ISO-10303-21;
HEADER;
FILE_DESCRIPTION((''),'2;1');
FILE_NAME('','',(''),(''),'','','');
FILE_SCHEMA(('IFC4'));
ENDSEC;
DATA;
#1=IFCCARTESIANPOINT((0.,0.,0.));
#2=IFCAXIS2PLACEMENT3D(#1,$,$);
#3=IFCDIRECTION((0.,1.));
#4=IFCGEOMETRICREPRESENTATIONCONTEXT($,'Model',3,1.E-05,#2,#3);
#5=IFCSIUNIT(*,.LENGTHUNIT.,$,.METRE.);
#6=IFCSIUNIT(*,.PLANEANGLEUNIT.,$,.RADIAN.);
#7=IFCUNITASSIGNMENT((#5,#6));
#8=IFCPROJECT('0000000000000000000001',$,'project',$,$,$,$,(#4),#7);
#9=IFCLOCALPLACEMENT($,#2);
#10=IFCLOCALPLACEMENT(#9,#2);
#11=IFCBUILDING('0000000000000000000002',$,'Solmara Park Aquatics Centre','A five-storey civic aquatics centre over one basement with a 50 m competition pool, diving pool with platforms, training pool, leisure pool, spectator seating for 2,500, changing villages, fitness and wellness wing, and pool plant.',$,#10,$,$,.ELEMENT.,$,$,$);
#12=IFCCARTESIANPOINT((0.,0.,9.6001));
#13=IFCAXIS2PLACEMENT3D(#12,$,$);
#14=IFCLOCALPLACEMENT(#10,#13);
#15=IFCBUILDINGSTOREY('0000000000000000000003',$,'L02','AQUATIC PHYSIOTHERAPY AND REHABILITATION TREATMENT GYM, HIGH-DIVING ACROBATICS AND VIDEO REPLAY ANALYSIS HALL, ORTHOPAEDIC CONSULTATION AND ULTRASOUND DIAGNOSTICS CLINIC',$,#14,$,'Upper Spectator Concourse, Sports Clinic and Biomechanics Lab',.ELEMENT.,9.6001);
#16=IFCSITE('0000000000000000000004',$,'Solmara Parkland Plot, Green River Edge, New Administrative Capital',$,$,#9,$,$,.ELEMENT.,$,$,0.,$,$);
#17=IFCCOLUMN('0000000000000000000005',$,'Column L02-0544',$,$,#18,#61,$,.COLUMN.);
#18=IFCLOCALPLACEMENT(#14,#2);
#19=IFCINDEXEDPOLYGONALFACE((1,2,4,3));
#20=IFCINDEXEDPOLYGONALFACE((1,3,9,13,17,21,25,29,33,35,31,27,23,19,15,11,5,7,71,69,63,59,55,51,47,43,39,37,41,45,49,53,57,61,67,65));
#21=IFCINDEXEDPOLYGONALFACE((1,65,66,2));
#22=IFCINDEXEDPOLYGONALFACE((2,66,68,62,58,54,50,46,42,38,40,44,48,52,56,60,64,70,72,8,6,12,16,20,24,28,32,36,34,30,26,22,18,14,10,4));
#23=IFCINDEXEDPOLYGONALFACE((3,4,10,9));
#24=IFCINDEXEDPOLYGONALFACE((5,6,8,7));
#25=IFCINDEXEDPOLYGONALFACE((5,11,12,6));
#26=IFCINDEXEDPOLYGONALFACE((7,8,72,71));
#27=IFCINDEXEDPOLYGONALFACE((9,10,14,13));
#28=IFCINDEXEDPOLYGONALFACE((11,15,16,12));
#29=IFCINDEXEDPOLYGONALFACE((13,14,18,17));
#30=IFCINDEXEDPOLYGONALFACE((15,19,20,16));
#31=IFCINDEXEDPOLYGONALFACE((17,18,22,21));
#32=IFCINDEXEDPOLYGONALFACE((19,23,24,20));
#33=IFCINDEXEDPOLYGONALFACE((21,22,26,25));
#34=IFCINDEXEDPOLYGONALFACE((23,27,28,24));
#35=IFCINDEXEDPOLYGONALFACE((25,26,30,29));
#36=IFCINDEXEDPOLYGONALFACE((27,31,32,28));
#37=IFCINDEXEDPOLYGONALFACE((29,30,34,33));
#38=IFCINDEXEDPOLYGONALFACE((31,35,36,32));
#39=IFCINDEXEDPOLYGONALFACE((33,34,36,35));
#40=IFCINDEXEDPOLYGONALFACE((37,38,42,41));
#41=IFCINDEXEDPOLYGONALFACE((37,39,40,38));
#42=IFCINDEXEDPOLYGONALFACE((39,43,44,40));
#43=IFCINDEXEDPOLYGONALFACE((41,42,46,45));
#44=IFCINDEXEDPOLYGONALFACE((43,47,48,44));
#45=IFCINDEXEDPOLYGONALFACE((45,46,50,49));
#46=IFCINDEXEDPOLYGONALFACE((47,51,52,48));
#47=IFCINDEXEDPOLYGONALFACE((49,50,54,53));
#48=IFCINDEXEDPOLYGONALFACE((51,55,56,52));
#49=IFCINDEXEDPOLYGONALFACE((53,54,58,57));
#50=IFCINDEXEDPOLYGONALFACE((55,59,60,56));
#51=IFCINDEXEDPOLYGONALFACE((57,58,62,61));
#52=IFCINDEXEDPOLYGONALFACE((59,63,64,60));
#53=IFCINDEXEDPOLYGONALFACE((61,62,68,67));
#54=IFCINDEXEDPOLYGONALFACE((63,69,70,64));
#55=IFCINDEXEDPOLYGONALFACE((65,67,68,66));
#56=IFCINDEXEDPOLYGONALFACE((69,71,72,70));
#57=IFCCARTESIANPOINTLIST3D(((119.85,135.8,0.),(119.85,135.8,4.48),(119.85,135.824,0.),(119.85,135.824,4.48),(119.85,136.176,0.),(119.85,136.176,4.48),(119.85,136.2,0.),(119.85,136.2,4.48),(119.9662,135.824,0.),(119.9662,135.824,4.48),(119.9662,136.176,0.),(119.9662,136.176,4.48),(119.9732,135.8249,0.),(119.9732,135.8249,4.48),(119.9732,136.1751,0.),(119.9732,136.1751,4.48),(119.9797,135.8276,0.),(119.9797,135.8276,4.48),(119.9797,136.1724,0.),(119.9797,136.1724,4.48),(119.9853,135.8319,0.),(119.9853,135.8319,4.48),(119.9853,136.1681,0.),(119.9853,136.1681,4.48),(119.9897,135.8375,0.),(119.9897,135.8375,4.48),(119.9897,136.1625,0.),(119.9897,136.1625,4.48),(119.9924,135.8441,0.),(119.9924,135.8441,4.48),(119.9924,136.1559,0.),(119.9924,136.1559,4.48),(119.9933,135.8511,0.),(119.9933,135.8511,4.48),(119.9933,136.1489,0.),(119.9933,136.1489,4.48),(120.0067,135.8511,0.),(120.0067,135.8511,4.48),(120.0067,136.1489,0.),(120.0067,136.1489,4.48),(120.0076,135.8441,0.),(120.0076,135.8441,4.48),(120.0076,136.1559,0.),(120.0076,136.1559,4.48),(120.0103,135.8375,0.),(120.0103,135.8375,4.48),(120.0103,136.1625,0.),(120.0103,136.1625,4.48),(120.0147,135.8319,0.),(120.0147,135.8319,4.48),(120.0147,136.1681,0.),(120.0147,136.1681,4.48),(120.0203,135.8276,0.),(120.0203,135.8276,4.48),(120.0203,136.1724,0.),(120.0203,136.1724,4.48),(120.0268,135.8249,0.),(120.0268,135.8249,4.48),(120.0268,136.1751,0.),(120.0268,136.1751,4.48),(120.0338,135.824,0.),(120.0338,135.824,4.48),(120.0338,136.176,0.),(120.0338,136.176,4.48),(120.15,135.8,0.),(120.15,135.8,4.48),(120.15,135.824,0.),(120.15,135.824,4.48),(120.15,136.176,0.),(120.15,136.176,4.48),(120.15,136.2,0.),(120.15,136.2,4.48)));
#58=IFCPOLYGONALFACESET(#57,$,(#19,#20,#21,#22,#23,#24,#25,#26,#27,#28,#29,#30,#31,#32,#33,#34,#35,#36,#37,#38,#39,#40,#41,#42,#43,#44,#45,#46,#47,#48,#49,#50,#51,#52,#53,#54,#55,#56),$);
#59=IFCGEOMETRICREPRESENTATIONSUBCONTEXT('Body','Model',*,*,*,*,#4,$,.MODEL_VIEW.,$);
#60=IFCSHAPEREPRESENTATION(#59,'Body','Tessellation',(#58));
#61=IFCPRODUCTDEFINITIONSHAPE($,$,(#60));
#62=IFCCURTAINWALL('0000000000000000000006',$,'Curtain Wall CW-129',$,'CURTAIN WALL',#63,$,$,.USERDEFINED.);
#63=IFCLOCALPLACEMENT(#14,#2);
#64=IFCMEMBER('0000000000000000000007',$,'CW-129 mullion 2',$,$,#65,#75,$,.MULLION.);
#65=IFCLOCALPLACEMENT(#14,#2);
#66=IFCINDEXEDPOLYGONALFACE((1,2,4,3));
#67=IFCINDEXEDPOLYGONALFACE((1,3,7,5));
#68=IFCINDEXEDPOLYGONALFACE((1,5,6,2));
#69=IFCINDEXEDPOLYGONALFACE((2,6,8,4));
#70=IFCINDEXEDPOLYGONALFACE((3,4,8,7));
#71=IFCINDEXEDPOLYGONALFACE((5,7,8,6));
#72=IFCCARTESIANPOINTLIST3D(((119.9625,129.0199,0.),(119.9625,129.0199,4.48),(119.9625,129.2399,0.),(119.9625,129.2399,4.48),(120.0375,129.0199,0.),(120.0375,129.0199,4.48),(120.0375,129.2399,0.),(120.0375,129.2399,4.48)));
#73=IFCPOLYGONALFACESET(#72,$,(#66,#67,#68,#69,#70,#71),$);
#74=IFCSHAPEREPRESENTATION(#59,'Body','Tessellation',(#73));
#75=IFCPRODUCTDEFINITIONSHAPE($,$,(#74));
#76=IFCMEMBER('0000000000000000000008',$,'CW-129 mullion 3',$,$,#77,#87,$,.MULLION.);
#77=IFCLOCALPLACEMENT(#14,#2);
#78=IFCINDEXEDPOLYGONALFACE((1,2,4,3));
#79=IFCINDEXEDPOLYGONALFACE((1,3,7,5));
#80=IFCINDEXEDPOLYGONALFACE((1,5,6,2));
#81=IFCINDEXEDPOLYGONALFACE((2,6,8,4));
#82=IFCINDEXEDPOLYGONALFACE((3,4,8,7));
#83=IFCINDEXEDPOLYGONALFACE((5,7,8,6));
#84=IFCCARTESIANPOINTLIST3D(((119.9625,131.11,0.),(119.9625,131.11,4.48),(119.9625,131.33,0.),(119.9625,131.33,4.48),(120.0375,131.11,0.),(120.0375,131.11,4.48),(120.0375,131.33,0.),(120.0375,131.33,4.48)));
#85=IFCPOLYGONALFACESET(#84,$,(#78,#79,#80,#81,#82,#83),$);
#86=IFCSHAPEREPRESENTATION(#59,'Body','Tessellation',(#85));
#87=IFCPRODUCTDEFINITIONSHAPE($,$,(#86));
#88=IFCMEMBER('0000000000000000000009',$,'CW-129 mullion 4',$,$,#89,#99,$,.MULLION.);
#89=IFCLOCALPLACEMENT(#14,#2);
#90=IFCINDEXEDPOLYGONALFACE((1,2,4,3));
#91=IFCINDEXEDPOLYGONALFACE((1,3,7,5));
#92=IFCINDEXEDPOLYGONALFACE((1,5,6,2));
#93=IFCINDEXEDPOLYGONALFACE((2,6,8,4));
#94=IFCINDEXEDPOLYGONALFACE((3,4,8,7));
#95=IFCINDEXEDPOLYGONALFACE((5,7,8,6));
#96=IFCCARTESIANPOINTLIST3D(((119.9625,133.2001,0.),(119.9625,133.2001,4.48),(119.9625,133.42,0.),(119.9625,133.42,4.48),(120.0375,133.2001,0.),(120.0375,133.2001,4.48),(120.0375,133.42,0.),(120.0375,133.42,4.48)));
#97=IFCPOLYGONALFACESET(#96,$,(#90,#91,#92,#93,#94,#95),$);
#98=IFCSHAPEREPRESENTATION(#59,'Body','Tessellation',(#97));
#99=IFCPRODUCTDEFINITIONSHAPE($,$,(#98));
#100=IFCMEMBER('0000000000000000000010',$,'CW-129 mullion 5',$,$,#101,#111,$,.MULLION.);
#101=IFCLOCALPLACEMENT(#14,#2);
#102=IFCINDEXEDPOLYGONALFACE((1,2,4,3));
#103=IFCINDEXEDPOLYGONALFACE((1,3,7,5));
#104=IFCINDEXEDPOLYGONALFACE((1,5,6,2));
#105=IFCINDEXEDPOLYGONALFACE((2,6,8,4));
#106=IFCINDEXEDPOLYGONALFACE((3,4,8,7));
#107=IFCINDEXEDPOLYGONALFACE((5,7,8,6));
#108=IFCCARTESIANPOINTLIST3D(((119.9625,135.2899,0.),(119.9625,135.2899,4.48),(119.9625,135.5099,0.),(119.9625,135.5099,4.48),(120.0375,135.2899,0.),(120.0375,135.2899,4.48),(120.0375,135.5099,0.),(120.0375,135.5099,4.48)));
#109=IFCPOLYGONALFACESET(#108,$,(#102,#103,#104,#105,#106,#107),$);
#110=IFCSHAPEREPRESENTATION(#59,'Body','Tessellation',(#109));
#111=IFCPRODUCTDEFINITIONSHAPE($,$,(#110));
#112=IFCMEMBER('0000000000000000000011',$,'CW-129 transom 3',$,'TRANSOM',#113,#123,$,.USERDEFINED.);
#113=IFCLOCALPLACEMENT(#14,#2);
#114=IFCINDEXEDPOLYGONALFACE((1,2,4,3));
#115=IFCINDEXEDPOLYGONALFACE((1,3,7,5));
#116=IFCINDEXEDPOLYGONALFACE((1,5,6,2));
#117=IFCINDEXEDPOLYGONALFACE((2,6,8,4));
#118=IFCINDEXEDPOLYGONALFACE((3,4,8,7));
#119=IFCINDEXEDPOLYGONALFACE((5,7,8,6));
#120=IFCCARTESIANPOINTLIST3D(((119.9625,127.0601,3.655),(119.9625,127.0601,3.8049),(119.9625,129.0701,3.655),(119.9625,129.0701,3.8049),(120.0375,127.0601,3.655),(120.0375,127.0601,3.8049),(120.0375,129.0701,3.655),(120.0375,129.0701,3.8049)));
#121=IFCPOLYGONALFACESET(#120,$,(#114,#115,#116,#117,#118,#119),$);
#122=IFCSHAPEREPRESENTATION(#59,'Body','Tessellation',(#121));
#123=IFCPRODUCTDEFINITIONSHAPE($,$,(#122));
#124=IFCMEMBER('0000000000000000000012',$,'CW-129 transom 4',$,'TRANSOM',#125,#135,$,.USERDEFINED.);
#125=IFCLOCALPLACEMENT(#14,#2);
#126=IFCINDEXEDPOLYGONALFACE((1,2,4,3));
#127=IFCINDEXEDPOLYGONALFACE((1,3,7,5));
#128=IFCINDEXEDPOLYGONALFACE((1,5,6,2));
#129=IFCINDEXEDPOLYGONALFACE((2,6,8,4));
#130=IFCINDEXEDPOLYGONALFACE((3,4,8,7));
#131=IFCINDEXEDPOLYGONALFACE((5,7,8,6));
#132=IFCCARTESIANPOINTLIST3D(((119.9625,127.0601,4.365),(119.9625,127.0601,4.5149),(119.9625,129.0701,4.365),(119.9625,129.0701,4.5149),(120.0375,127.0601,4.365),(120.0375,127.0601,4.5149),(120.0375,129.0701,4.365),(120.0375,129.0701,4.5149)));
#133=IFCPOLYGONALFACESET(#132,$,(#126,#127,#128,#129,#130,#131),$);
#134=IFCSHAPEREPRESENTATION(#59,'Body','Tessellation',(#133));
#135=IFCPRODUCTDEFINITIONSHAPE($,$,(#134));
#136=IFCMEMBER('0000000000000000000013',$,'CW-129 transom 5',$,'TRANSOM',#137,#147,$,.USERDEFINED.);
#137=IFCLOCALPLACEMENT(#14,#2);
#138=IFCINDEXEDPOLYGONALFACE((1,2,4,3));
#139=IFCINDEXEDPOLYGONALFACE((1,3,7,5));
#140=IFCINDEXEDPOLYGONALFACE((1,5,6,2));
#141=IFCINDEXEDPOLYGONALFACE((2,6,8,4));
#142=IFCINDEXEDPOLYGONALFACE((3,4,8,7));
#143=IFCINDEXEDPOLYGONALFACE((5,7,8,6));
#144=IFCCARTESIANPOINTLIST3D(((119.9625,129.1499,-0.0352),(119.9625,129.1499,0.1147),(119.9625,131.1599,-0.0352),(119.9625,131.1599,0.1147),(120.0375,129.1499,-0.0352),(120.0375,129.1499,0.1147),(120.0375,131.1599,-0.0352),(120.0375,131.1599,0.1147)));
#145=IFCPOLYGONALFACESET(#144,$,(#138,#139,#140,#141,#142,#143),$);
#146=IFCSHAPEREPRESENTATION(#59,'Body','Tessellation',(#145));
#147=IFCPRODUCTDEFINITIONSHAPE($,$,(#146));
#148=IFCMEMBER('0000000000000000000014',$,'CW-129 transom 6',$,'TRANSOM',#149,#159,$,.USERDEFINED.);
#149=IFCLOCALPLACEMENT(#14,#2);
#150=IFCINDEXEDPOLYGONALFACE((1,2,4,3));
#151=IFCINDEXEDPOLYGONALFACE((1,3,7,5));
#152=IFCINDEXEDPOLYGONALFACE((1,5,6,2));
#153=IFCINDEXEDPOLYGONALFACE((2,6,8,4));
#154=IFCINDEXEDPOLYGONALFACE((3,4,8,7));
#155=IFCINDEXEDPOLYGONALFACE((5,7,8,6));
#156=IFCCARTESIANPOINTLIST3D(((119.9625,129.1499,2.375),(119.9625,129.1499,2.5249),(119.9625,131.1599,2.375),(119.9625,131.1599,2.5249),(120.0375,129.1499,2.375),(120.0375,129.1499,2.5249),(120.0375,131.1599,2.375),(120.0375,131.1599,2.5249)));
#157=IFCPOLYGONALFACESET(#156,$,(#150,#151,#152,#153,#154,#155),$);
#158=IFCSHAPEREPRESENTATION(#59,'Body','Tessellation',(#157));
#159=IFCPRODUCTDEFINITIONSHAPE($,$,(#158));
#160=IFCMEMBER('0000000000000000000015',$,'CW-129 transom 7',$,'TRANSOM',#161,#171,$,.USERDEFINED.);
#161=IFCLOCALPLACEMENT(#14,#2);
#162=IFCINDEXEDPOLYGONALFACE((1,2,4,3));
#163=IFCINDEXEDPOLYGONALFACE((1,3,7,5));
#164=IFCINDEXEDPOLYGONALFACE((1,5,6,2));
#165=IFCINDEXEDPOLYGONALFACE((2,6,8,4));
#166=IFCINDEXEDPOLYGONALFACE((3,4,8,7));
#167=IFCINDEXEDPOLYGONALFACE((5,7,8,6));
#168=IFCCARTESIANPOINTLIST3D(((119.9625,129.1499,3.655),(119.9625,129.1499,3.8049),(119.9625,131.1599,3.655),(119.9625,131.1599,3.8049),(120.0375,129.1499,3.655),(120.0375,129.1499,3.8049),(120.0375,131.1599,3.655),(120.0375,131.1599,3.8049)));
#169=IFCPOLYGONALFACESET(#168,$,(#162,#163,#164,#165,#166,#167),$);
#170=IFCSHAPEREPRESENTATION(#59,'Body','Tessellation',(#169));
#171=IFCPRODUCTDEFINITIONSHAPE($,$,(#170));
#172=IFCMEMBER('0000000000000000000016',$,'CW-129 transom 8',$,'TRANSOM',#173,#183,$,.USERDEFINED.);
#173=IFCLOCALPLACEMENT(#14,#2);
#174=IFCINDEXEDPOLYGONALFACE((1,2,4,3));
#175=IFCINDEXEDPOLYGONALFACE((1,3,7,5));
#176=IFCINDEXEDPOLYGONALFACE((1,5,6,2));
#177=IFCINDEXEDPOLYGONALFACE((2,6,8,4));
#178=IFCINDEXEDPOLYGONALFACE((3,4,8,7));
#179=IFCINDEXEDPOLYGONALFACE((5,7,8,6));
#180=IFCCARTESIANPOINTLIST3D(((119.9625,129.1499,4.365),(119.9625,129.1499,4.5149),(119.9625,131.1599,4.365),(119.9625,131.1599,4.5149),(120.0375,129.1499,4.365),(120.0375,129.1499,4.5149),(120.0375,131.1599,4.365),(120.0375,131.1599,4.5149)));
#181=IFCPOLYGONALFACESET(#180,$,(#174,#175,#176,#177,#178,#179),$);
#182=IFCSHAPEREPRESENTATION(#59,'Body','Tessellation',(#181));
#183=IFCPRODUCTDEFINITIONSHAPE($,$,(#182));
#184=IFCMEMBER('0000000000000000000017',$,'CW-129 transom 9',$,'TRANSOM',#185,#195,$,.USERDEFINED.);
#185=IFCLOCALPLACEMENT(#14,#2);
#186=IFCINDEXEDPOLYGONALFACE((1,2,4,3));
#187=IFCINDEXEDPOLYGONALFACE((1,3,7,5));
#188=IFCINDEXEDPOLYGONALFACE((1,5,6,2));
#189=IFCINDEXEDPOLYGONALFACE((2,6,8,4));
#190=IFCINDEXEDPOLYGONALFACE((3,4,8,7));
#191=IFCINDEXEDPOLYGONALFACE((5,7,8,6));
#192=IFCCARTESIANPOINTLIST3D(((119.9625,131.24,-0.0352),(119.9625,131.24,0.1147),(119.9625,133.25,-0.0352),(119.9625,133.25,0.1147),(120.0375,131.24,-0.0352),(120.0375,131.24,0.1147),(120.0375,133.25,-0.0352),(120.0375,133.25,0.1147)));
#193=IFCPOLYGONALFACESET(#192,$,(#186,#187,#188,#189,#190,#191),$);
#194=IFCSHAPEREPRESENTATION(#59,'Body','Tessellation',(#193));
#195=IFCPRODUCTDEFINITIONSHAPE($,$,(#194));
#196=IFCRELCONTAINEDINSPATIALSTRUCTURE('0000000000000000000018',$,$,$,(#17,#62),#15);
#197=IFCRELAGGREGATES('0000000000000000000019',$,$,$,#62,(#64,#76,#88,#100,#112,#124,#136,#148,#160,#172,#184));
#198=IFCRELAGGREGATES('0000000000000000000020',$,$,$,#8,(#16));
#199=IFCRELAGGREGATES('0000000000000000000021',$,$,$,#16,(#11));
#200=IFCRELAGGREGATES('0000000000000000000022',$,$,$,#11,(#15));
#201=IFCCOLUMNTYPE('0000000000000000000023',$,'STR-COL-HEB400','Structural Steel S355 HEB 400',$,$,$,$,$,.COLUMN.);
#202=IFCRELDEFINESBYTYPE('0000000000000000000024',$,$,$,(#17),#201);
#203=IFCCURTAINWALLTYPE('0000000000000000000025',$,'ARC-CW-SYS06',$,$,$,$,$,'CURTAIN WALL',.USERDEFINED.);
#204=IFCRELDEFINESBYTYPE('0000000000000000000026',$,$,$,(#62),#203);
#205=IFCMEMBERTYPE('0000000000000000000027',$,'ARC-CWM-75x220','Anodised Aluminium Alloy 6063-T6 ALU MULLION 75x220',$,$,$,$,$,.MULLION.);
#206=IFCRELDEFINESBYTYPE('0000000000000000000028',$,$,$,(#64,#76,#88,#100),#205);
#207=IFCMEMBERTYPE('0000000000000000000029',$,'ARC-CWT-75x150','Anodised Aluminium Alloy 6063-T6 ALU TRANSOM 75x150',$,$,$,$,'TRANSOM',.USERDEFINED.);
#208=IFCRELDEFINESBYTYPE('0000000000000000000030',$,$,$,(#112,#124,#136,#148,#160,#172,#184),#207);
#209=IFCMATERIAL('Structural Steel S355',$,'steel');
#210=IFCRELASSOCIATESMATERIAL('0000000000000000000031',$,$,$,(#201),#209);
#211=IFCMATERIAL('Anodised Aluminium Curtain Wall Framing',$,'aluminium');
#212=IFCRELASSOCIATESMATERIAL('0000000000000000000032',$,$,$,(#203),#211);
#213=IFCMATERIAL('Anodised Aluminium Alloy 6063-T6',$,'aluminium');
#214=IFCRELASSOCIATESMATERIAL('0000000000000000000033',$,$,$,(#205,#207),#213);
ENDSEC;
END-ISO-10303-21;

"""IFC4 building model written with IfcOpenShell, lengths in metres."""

from ifc_helpers import new_model, si_unit, direction, frame, origin, origin_2d, place, context, subcontext, project, spatial, rectangle, i_section, extrude, material, material_profile, profile_set, type_object, element, aggregate, save


model = new_model("IFC4")

# Units and contexts
model_context = context("Model", 3, precision=1e-05, world=origin(), true_north=direction((0.0, 1.0)))
body_context = subcontext(model_context, "Body", "Model", "MODEL_VIEW")
ifc_project = project(units=[si_unit("LENGTHUNIT", "METRE"), si_unit("PLANEANGLEUNIT", "RADIAN")], contexts=[model_context])

# Site, building, storey
site_placement = place(None, origin())
site = spatial("IfcSite", under=ifc_project, at=site_placement, Name="Solmara Parkland Plot, Green River Edge, New Administrative Capital", CompositionType="ELEMENT", RefElevation=0.0)
building_placement = place(site_placement, origin())
building = spatial("IfcBuilding", under=site, at=building_placement, Name="Solmara Park Aquatics Centre", Description="A five-storey civic aquatics centre over one basement with a 50 m competition pool, diving pool with platforms, training pool, leisure pool, spectator seating for 2,500, changing villages, fitness and wellness wing, and pool plant.", CompositionType="ELEMENT")
storey_placement = place(building_placement, frame((0.0, 0.0, 9.6001)))
storey = spatial("IfcBuildingStorey", under=building, at=storey_placement, Name="L02", Description="AQUATIC PHYSIOTHERAPY AND REHABILITATION TREATMENT GYM, HIGH-DIVING ACROBATICS AND VIDEO REPLAY ANALYSIS HALL, ORTHOPAEDIC CONSULTATION AND ULTRASOUND DIAGNOSTICS CLINIC", LongName="Upper Spectator Concourse, Sports Clinic and Biomechanics Lab", CompositionType="ELEMENT", Elevation=9.6001)

# Column
ifc_material_1 = material(Name="Structural Steel S355", Category="steel")
ifc_material_profile_1 = material_profile(ifc_material_1, i_section(OverallWidth=0.3, OverallDepth=0.3999, WebThickness=0.0134, FlangeThickness=0.0239, FilletRadius=0.0271, at=origin_2d()), Name="HEB 400")
ifc_profile_set_1 = profile_set([ifc_material_profile_1], Name="Structural Steel S355")
column_type = type_object("IfcColumnType", Name="STR-COL-HEB400", Description="Structural Steel S355 HEB 400", PredefinedType="COLUMN", material=ifc_profile_set_1)
column_placement = place(storey_placement, frame((120.0, 136.0, 0.0), z_axis=(0.0, 0.0, 1.0), x_axis=(1.0, 0.0, 0.0)))
element("IfcColumn", 1, at=column_placement, inside=storey, type_object=column_type, Name="Column L02-0544", PredefinedType="COLUMN", context=body_context, shape_type="SweptSolid", body=[
    extrude(i_section(OverallWidth=0.3, OverallDepth=0.3999, WebThickness=0.0134, FlangeThickness=0.0239, FilletRadius=0.0271, at=origin_2d()), origin(), (0.0, 0.0, 1.0), 4.48),
])

# Curtain wall, members
ifc_material_2 = material(Name="Anodised Aluminium Curtain Wall Framing", Category="aluminium")
curtain_wall_type = type_object("IfcCurtainWallType", Name="ARC-CW-SYS06", ElementType="CURTAIN WALL", PredefinedType="USERDEFINED", material=ifc_material_2)
curtain_wall_placement = place(storey_placement, origin())
curtain_wall = element("IfcCurtainWall", 2, at=curtain_wall_placement, inside=storey, type_object=curtain_wall_type, Name="Curtain Wall CW-129", ObjectType="CURTAIN WALL", PredefinedType="USERDEFINED")
ifc_material_3 = material(Name="Anodised Aluminium Alloy 6063-T6", Category="aluminium")
ifc_material_profile_2 = material_profile(ifc_material_3, rectangle(XDim=0.075, YDim=0.22, at=origin_2d()), Name="ALU MULLION 75x220")
ifc_profile_set_2 = profile_set([ifc_material_profile_2], Name="Anodised Aluminium Alloy 6063-T6")
member_type_1 = type_object("IfcMemberType", Name="ARC-CWM-75x220", Description="Anodised Aluminium Alloy 6063-T6 ALU MULLION 75x220", PredefinedType="MULLION", material=ifc_profile_set_2)
member_1_placement = place(storey_placement, frame((120.0, 129.1299, 0.0), z_axis=(0.0, 0.0, 1.0), x_axis=(1.0, 0.0, 0.0)))
member_1 = element("IfcMember", 3, at=member_1_placement, type_object=member_type_1, Name="CW-129 mullion 2", PredefinedType="MULLION", context=body_context, shape_type="SweptSolid", body=[
    extrude(rectangle(XDim=0.075, YDim=0.22, at=origin_2d()), origin(), (0.0, 0.0, 1.0), 4.48),
])
member_2_placement = place(storey_placement, frame((120.0, 131.22, 0.0), z_axis=(0.0, 0.0, 1.0), x_axis=(1.0, 0.0, 0.0)))
member_2 = element("IfcMember", 4, at=member_2_placement, type_object=member_type_1, Name="CW-129 mullion 3", PredefinedType="MULLION", context=body_context, shape_type="SweptSolid", body=[
    extrude(rectangle(XDim=0.075, YDim=0.22, at=origin_2d()), origin(), (0.0, 0.0, 1.0), 4.48),
])
member_3_placement = place(storey_placement, frame((120.0, 133.3101, 0.0), z_axis=(0.0, 0.0, 1.0), x_axis=(1.0, 0.0, 0.0)))
member_3 = element("IfcMember", 5, at=member_3_placement, type_object=member_type_1, Name="CW-129 mullion 4", PredefinedType="MULLION", context=body_context, shape_type="SweptSolid", body=[
    extrude(rectangle(XDim=0.075, YDim=0.22, at=origin_2d()), origin(), (0.0, 0.0, 1.0), 4.48),
])
member_4_placement = place(storey_placement, frame((120.0, 135.3999, 0.0), z_axis=(0.0, 0.0, 1.0), x_axis=(1.0, 0.0, 0.0)))
member_4 = element("IfcMember", 6, at=member_4_placement, type_object=member_type_1, Name="CW-129 mullion 5", PredefinedType="MULLION", context=body_context, shape_type="SweptSolid", body=[
    extrude(rectangle(XDim=0.075, YDim=0.22, at=origin_2d()), origin(), (0.0, 0.0, 1.0), 4.48),
])
ifc_material_profile_3 = material_profile(ifc_material_3, rectangle(XDim=0.075, YDim=0.1499, at=origin_2d()), Name="ALU TRANSOM 75x150")
ifc_profile_set_3 = profile_set([ifc_material_profile_3], Name="Anodised Aluminium Alloy 6063-T6")
member_type_2 = type_object("IfcMemberType", Name="ARC-CWT-75x150", Description="Anodised Aluminium Alloy 6063-T6 ALU TRANSOM 75x150", ElementType="TRANSOM", PredefinedType="USERDEFINED", material=ifc_profile_set_3)
member_5_placement = place(storey_placement, frame((120.0, 127.0601, 3.73), z_axis=(0.0, 1.0, 0.0), x_axis=(-1.0, 0.0, 0.0)))
member_5 = element("IfcMember", 7, at=member_5_placement, type_object=member_type_2, Name="CW-129 transom 3", ObjectType="TRANSOM", PredefinedType="USERDEFINED", context=body_context, shape_type="SweptSolid", body=[
    extrude(rectangle(XDim=0.075, YDim=0.1499, at=origin_2d()), origin(), (0.0, 0.0, 1.0), 2.01),
])
member_6_placement = place(storey_placement, frame((120.0, 127.0601, 4.4399), z_axis=(0.0, 1.0, 0.0), x_axis=(-1.0, 0.0, 0.0)))
member_6 = element("IfcMember", 8, at=member_6_placement, type_object=member_type_2, Name="CW-129 transom 4", ObjectType="TRANSOM", PredefinedType="USERDEFINED", context=body_context, shape_type="SweptSolid", body=[
    extrude(rectangle(XDim=0.075, YDim=0.1499, at=origin_2d()), origin(), (0.0, 0.0, 1.0), 2.01),
])
member_7_placement = place(storey_placement, frame((120.0, 129.1499, 0.0398), z_axis=(0.0, 1.0, 0.0), x_axis=(-1.0, 0.0, 0.0)))
member_7 = element("IfcMember", 9, at=member_7_placement, type_object=member_type_2, Name="CW-129 transom 5", ObjectType="TRANSOM", PredefinedType="USERDEFINED", context=body_context, shape_type="SweptSolid", body=[
    extrude(rectangle(XDim=0.075, YDim=0.1499, at=origin_2d()), origin(), (0.0, 0.0, 1.0), 2.01),
])
member_8_placement = place(storey_placement, frame((120.0, 129.1499, 2.45), z_axis=(0.0, 1.0, 0.0), x_axis=(-1.0, 0.0, 0.0)))
member_8 = element("IfcMember", 10, at=member_8_placement, type_object=member_type_2, Name="CW-129 transom 6", ObjectType="TRANSOM", PredefinedType="USERDEFINED", context=body_context, shape_type="SweptSolid", body=[
    extrude(rectangle(XDim=0.075, YDim=0.1499, at=origin_2d()), origin(), (0.0, 0.0, 1.0), 2.01),
])
member_9_placement = place(storey_placement, frame((120.0, 129.1499, 3.73), z_axis=(0.0, 1.0, 0.0), x_axis=(-1.0, 0.0, 0.0)))
member_9 = element("IfcMember", 11, at=member_9_placement, type_object=member_type_2, Name="CW-129 transom 7", ObjectType="TRANSOM", PredefinedType="USERDEFINED", context=body_context, shape_type="SweptSolid", body=[
    extrude(rectangle(XDim=0.075, YDim=0.1499, at=origin_2d()), origin(), (0.0, 0.0, 1.0), 2.01),
])
member_10_placement = place(storey_placement, frame((120.0, 129.1499, 4.4399), z_axis=(0.0, 1.0, 0.0), x_axis=(-1.0, 0.0, 0.0)))
member_10 = element("IfcMember", 12, at=member_10_placement, type_object=member_type_2, Name="CW-129 transom 8", ObjectType="TRANSOM", PredefinedType="USERDEFINED", context=body_context, shape_type="SweptSolid", body=[
    extrude(rectangle(XDim=0.075, YDim=0.1499, at=origin_2d()), origin(), (0.0, 0.0, 1.0), 2.01),
])
member_11_placement = place(storey_placement, frame((120.0, 131.24, 0.0398), z_axis=(0.0, 1.0, 0.0), x_axis=(-1.0, 0.0, 0.0)))
member_11 = element("IfcMember", 13, at=member_11_placement, type_object=member_type_2, Name="CW-129 transom 9", ObjectType="TRANSOM", PredefinedType="USERDEFINED", context=body_context, shape_type="SweptSolid", body=[
    extrude(rectangle(XDim=0.075, YDim=0.1499, at=origin_2d()), origin(), (0.0, 0.0, 1.0), 2.01),
])
aggregate(curtain_wall, [member_1, member_2, member_3, member_4, member_5, member_6, member_7, member_8, member_9, member_10, member_11])

save(model, "model.ifc")
